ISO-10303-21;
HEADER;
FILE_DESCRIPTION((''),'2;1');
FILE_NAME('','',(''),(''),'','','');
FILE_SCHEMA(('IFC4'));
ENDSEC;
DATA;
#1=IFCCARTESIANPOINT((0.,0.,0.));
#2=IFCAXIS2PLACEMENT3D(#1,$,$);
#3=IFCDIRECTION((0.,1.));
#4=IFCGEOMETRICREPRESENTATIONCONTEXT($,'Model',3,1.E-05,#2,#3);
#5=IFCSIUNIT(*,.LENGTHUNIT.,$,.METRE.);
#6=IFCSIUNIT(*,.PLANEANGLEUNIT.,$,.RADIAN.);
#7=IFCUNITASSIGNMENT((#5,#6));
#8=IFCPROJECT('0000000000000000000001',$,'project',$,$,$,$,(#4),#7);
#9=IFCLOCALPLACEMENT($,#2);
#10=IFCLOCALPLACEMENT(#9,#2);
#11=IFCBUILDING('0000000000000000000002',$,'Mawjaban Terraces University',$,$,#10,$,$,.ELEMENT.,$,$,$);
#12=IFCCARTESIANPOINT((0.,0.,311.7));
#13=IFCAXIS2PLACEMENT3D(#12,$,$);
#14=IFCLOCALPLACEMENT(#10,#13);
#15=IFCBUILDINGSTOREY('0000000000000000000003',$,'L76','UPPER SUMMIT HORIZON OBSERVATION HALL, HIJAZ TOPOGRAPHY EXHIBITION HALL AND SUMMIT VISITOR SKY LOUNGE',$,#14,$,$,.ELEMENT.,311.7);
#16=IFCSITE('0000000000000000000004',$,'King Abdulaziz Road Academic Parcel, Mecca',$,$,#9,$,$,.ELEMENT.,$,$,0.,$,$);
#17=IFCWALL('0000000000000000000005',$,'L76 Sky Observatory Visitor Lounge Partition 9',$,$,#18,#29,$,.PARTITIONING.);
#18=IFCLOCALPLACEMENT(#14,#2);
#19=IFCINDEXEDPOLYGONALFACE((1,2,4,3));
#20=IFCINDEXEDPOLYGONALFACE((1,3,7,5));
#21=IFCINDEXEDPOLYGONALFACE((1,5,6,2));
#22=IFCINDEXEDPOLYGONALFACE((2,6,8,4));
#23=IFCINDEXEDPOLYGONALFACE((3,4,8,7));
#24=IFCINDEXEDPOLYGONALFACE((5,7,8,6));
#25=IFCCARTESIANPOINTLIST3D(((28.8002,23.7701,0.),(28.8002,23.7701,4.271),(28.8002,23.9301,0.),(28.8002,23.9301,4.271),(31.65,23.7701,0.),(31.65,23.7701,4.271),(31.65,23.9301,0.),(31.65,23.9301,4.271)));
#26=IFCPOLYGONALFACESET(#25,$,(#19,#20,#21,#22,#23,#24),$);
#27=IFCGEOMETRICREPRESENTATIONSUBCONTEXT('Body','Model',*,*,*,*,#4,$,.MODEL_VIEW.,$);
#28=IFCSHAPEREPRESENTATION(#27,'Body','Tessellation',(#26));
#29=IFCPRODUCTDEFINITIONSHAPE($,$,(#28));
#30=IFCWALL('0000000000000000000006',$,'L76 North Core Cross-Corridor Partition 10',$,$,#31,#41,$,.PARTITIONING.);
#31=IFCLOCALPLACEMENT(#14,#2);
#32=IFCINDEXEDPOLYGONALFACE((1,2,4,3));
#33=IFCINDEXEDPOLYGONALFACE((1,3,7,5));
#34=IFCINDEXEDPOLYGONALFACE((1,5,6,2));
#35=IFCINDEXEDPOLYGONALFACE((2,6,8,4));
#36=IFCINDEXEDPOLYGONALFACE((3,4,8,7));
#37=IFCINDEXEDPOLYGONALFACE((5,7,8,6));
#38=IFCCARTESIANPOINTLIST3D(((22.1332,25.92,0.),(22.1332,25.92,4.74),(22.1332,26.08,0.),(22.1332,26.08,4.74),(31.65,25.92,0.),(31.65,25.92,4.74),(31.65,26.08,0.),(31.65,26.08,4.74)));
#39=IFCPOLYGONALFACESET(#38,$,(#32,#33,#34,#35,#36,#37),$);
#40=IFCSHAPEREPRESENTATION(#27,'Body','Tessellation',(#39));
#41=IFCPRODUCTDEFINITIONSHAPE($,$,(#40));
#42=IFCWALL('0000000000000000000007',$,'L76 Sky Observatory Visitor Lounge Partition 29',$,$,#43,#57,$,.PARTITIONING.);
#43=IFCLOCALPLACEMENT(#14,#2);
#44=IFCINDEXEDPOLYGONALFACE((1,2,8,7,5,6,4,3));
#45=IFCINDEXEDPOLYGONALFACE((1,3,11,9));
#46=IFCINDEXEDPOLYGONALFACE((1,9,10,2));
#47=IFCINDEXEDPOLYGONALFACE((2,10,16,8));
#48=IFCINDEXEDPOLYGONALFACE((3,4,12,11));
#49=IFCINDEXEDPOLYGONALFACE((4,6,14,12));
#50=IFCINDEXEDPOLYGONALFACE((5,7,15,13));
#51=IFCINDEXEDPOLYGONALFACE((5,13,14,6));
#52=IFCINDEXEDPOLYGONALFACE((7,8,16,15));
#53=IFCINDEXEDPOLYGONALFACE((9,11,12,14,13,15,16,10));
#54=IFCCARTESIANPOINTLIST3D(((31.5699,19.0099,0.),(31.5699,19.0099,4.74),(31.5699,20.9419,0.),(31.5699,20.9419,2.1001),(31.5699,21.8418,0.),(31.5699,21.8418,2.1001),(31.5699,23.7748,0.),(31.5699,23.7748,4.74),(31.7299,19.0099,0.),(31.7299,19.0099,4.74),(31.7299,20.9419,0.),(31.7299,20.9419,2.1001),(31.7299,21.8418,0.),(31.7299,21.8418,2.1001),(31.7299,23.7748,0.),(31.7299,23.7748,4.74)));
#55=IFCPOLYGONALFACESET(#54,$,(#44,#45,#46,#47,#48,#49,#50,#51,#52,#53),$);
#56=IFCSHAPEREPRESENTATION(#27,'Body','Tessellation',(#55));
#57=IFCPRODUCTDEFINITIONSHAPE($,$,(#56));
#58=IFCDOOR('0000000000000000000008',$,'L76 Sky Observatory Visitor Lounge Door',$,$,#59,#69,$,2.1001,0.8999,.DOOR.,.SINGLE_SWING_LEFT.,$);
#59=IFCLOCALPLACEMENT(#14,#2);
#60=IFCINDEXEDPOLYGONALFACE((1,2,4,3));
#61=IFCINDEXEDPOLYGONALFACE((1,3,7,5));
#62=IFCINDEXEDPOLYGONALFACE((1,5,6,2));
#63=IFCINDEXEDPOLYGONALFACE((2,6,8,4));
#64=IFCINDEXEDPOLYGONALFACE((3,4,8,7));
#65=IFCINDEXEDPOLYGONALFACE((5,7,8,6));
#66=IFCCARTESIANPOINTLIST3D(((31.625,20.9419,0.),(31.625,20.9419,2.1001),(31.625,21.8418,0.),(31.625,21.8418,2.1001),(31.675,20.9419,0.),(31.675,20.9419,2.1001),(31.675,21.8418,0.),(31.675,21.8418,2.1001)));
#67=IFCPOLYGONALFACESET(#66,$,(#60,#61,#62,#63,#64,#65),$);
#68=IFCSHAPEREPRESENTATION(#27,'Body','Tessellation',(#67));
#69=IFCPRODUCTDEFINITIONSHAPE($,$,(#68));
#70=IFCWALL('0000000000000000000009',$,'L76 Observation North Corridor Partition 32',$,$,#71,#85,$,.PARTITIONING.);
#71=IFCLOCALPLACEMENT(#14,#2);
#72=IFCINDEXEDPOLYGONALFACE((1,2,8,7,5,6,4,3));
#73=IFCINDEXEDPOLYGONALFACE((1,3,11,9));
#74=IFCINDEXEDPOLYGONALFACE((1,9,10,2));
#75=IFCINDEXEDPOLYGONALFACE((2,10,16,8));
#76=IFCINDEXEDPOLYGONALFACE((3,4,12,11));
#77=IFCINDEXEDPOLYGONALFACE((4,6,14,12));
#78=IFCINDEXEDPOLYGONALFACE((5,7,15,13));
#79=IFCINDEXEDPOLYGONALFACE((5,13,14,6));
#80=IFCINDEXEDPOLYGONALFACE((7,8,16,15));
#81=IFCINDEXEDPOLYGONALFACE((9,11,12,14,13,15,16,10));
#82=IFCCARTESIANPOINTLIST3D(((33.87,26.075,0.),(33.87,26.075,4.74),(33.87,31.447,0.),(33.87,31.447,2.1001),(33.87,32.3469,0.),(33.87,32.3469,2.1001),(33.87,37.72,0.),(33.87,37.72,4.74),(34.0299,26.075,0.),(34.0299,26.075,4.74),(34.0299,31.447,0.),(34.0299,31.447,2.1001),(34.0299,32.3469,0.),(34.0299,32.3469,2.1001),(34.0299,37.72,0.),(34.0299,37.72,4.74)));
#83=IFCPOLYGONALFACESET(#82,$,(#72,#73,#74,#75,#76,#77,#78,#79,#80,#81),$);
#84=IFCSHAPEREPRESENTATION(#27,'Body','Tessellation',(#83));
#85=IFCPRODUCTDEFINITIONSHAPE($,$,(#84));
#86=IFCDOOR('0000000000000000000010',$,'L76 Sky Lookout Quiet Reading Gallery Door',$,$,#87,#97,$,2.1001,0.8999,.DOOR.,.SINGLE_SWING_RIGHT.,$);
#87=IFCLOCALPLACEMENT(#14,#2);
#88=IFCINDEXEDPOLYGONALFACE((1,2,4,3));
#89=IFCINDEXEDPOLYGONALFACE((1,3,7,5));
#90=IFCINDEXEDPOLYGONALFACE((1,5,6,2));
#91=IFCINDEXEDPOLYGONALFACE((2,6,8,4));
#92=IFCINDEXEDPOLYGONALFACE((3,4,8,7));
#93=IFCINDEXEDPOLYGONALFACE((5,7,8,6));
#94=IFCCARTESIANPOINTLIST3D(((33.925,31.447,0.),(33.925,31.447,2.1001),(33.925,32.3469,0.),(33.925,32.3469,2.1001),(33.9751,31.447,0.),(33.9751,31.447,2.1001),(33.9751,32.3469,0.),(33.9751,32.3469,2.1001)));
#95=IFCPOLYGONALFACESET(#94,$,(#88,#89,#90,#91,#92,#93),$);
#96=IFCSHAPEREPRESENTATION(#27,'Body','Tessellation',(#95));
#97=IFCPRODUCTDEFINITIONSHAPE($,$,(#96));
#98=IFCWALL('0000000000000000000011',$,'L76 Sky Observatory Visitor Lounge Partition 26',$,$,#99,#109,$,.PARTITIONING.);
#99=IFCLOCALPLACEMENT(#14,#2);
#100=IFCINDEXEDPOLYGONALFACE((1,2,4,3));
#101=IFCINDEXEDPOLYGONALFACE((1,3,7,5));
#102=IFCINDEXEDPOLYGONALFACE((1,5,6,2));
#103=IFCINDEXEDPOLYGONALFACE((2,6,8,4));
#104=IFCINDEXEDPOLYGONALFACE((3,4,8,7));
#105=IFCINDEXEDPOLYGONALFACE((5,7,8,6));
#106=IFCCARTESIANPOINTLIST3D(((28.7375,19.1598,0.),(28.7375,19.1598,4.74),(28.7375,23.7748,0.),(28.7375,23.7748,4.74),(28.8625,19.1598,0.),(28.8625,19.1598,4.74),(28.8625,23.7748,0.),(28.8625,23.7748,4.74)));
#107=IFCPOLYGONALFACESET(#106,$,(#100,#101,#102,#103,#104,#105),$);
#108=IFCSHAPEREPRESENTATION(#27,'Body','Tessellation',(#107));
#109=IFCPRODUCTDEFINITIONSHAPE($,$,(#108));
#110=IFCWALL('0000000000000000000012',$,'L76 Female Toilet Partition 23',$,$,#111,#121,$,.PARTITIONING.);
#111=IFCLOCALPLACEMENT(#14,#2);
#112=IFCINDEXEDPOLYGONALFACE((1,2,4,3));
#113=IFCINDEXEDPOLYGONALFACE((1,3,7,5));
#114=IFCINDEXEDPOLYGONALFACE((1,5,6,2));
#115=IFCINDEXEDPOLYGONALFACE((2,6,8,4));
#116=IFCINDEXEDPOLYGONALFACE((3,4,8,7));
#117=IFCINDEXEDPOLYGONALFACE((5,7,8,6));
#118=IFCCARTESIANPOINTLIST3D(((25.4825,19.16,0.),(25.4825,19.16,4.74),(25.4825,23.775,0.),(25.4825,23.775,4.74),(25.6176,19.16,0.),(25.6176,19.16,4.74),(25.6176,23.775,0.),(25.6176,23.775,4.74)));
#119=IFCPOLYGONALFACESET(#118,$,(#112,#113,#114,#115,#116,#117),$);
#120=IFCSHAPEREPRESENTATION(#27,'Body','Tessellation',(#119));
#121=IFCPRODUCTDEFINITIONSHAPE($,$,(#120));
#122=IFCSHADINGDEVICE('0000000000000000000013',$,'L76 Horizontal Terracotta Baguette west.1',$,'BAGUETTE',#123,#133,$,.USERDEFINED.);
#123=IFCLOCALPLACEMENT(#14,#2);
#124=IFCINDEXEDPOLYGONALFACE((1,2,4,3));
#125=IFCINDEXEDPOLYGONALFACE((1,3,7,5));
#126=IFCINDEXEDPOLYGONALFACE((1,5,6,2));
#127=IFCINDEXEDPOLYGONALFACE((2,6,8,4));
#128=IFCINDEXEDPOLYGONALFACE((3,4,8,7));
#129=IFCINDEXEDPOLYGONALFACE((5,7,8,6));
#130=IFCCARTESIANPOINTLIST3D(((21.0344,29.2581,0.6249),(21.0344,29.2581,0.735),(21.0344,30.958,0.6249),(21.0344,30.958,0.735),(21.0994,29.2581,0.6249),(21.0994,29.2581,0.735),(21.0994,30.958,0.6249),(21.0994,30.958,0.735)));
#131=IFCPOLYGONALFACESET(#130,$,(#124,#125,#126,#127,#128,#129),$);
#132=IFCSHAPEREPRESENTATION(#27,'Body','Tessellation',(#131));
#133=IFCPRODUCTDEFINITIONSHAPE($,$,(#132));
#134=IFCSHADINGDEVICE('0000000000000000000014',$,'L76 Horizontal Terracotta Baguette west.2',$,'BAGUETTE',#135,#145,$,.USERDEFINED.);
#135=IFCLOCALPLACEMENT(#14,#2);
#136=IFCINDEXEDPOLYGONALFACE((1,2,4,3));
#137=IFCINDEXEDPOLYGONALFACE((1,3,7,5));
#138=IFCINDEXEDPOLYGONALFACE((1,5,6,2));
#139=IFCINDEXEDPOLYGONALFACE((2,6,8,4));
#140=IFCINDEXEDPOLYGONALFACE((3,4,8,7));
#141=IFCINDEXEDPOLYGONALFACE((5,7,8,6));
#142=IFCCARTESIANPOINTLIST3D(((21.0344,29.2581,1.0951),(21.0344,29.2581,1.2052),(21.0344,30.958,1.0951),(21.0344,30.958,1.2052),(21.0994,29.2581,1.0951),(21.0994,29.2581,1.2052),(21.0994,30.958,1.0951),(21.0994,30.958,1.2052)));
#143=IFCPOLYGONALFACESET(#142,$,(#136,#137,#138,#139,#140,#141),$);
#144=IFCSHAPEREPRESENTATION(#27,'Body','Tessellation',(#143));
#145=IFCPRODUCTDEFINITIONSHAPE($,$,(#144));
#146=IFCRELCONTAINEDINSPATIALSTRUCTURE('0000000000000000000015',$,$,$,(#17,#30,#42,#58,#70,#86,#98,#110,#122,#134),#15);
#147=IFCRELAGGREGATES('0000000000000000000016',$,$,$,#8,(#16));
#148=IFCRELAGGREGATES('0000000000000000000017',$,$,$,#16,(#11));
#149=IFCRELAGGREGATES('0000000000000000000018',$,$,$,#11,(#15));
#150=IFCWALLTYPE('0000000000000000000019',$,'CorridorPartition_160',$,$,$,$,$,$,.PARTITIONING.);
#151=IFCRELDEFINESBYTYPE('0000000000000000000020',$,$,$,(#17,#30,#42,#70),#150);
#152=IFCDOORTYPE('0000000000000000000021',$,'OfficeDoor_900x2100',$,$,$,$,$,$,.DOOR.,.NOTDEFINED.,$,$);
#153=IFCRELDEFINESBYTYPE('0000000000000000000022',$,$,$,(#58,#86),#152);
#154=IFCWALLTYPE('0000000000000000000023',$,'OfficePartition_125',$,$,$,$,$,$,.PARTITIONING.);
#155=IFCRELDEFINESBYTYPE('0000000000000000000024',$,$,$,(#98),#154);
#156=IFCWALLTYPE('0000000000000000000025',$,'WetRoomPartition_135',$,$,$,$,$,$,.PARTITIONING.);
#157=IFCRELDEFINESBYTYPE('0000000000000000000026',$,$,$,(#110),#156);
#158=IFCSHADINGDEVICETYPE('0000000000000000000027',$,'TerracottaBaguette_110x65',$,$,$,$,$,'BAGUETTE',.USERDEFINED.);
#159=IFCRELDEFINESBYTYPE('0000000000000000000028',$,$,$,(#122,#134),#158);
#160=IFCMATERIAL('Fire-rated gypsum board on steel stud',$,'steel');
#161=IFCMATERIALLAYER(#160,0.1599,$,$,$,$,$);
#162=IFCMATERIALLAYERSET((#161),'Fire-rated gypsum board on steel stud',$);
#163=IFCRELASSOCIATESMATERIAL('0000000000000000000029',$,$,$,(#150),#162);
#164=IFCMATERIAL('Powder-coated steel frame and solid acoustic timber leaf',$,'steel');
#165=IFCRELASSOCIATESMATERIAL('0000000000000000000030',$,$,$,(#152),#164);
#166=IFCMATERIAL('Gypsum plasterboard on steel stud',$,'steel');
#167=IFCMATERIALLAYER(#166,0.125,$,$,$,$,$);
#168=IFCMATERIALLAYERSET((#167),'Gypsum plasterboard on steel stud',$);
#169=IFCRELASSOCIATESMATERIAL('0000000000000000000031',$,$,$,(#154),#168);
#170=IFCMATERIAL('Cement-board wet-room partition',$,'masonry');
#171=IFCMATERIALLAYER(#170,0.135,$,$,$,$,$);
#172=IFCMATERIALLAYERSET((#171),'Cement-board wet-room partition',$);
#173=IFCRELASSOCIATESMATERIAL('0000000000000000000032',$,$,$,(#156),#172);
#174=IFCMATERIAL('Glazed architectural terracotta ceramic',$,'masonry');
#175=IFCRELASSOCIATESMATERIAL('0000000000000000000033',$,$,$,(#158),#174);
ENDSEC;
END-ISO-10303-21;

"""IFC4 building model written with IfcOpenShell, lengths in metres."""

from ifc_helpers import new_model, si_unit, direction, frame, frame_2d, origin, origin_2d, place, context, subcontext, project, spatial, rectangle, extrude, material, layer, layer_set, material_profile, profile_set, type_object, element, fill, save


model = new_model("IFC4")

# Units and contexts
model_context = context("Model", 3, precision=1e-05, world=origin(), true_north=direction((0.0, 1.0)))
body_context = subcontext(model_context, "Body", "Model", "MODEL_VIEW")
ifc_project = project(units=[si_unit("LENGTHUNIT", "METRE"), si_unit("PLANEANGLEUNIT", "RADIAN")], contexts=[model_context])

# Site, building, storey
site_placement = place(None, origin())
site = spatial("IfcSite", under=ifc_project, at=site_placement, Name="King Abdulaziz Road Academic Parcel, Mecca", CompositionType="ELEMENT", RefElevation=0.0)
building_placement = place(site_placement, origin())
building = spatial("IfcBuilding", under=site, at=building_placement, Name="Mawjaban Terraces University", CompositionType="ELEMENT")
storey_placement = place(building_placement, frame((0.0, 0.0, 311.7)))
storey = spatial("IfcBuildingStorey", under=building, at=storey_placement, Name="L76", Description="UPPER SUMMIT HORIZON OBSERVATION HALL, HIJAZ TOPOGRAPHY EXHIBITION HALL AND SUMMIT VISITOR SKY LOUNGE", CompositionType="ELEMENT", Elevation=311.7)

# Shared definitions
ifc_material_1 = material(Name="Fire-rated gypsum board on steel stud", Category="steel")
ifc_layer_1 = layer(ifc_material_1, 0.1599)
ifc_layer_set_1 = layer_set([ifc_layer_1], Name="Fire-rated gypsum board on steel stud")
wall_type_1 = type_object("IfcWallType", Name="CorridorPartition_160", PredefinedType="PARTITIONING", material=ifc_layer_set_1)
ifc_material_2 = material(Name="Powder-coated steel frame and solid acoustic timber leaf", Category="steel")
door_type_1 = type_object("IfcDoorType", Name="OfficeDoor_900x2100", OperationType="NOTDEFINED", PredefinedType="DOOR", material=ifc_material_2)

# Walls
wall_1_placement = place(storey_placement, frame((31.6499, 23.8501, 0.0), z_axis=(0.0, 0.0, 1.0), x_axis=(-1.0, 0.0, 0.0)))
element("IfcWall", 1, at=wall_1_placement, inside=storey, type_object=wall_type_1, Name="L76 Sky Observatory Visitor Lounge Partition 9", PredefinedType="PARTITIONING", context=body_context, shape_type="SweptSolid", body=[
    extrude(rectangle(XDim=2.8499, YDim=0.1599, at=frame_2d((1.4248, 0.0))), origin(), (0.0, 0.0, 1.0), 4.271),
])
wall_2_placement = place(storey_placement, frame((31.6499, 26.0, 0.0), z_axis=(0.0, 0.0, 1.0), x_axis=(-1.0, 0.0, 0.0)))
element("IfcWall", 2, at=wall_2_placement, inside=storey, type_object=wall_type_1, Name="L76 North Core Cross-Corridor Partition 10", PredefinedType="PARTITIONING", context=body_context, shape_type="SweptSolid", body=[
    extrude(rectangle(XDim=9.5168, YDim=0.1599, at=frame_2d((4.7583, 0.0))), origin(), (0.0, 0.0, 1.0), 4.74),
])

# Walls, openings, doors
wall_3_placement = place(storey_placement, frame((31.6499, 19.01, 0.0), z_axis=(0.0, 0.0, 1.0), x_axis=(0.0, 1.0, 0.0)))
wall_3 = element("IfcWall", 3, at=wall_3_placement, inside=storey, type_object=wall_type_1, Name="L76 Sky Observatory Visitor Lounge Partition 29", PredefinedType="PARTITIONING", context=body_context, shape_type="SweptSolid", body=[
    extrude(rectangle(XDim=4.7649, YDim=0.1599, at=frame_2d((2.3823, 0.0))), origin(), (0.0, 0.0, 1.0), 4.74),
])
opening_1_placement = place(wall_3_placement, frame((1.9319, 0.0, 0.0)))
opening_1 = element("IfcOpeningElement", 4, at=opening_1_placement, cuts=wall_3, PredefinedType="OPENING", context=body_context, shape_type="SweptSolid", body=[
    extrude(rectangle(XDim=0.8999, YDim=2.1001, at=frame_2d((0.45, 1.05))), frame((0.0, 0.0898, 0.0), z_axis=(0.0, -1.0, 0.0), x_axis=(1.0, 0.0, 0.0)), (0.0, 0.0, 1.0), 0.1799),
])
door_1_placement = place(opening_1_placement, origin())
door_1 = element("IfcDoor", 5, at=door_1_placement, inside=storey, type_object=door_type_1, Name="L76 Sky Observatory Visitor Lounge Door", OperationType="SINGLE_SWING_LEFT", OverallHeight=2.1001, OverallWidth=0.8999, PredefinedType="DOOR", context=body_context, shape_type="SweptSolid", body=[
    extrude(rectangle(XDim=0.8999, YDim=2.1001, at=frame_2d((0.45, 1.05))), frame((0.0, 0.0249, 0.0), z_axis=(0.0, -1.0, 0.0), x_axis=(1.0, 0.0, 0.0)), (0.0, 0.0, 1.0), 0.05),
])
fill(opening_1, door_1)
wall_4_placement = place(storey_placement, frame((33.95, 26.075, 0.0), z_axis=(0.0, 0.0, 1.0), x_axis=(0.0, 1.0, 0.0)))
wall_4 = element("IfcWall", 6, at=wall_4_placement, inside=storey, type_object=wall_type_1, Name="L76 Observation North Corridor Partition 32", PredefinedType="PARTITIONING", context=body_context, shape_type="SweptSolid", body=[
    extrude(rectangle(XDim=11.645, YDim=0.1599, at=frame_2d((5.8225, 0.0))), origin(), (0.0, 0.0, 1.0), 4.74),
])
opening_2_placement = place(wall_4_placement, frame((5.3721, 0.0, 0.0)))
opening_2 = element("IfcOpeningElement", 7, at=opening_2_placement, cuts=wall_4, PredefinedType="OPENING", context=body_context, shape_type="SweptSolid", body=[
    extrude(rectangle(XDim=0.8999, YDim=2.1001, at=frame_2d((0.45, 1.05))), frame((0.0, 0.0898, 0.0), z_axis=(0.0, -1.0, 0.0), x_axis=(1.0, 0.0, 0.0)), (0.0, 0.0, 1.0), 0.1799),
])
door_2_placement = place(opening_2_placement, origin())
door_2 = element("IfcDoor", 8, at=door_2_placement, inside=storey, type_object=door_type_1, Name="L76 Sky Lookout Quiet Reading Gallery Door", OperationType="SINGLE_SWING_RIGHT", OverallHeight=2.1001, OverallWidth=0.8999, PredefinedType="DOOR", context=body_context, shape_type="SweptSolid", body=[
    extrude(rectangle(XDim=0.8999, YDim=2.1001, at=frame_2d((0.45, 1.05))), frame((0.0, 0.0249, 0.0), z_axis=(0.0, -1.0, 0.0), x_axis=(1.0, 0.0, 0.0)), (0.0, 0.0, 1.0), 0.05),
])
fill(opening_2, door_2)

# Walls
ifc_material_3 = material(Name="Gypsum plasterboard on steel stud", Category="steel")
ifc_layer_2 = layer(ifc_material_3, 0.125)
ifc_layer_set_2 = layer_set([ifc_layer_2], Name="Gypsum plasterboard on steel stud")
wall_type_2 = type_object("IfcWallType", Name="OfficePartition_125", PredefinedType="PARTITIONING", material=ifc_layer_set_2)
wall_5_placement = place(storey_placement, frame((28.8, 23.7749, 0.0), z_axis=(0.0, 0.0, 1.0), x_axis=(0.0, -1.0, 0.0)))
element("IfcWall", 9, at=wall_5_placement, inside=storey, type_object=wall_type_2, Name="L76 Sky Observatory Visitor Lounge Partition 26", PredefinedType="PARTITIONING", context=body_context, shape_type="SweptSolid", body=[
    extrude(rectangle(XDim=4.615, YDim=0.125, at=frame_2d((2.3076, 0.0))), origin(), (0.0, 0.0, 1.0), 4.74),
])
ifc_material_4 = material(Name="Cement-board wet-room partition", Category="masonry")
ifc_layer_3 = layer(ifc_material_4, 0.135)
ifc_layer_set_3 = layer_set([ifc_layer_3], Name="Cement-board wet-room partition")
wall_type_3 = type_object("IfcWallType", Name="WetRoomPartition_135", PredefinedType="PARTITIONING", material=ifc_layer_set_3)
wall_6_placement = place(storey_placement, frame((25.55, 19.1599, 0.0), z_axis=(0.0, 0.0, 1.0), x_axis=(0.0, 1.0, 0.0)))
element("IfcWall", 10, at=wall_6_placement, inside=storey, type_object=wall_type_3, Name="L76 Female Toilet Partition 23", PredefinedType="PARTITIONING", context=body_context, shape_type="SweptSolid", body=[
    extrude(rectangle(XDim=4.615, YDim=0.135, at=frame_2d((2.3076, 0.0))), origin(), (0.0, 0.0, 1.0), 4.74),
])

# Shading devices
ifc_material_5 = material(Name="Glazed architectural terracotta ceramic", Category="masonry")
ifc_material_profile_1 = material_profile(ifc_material_5, rectangle(XDim=0.0649, YDim=0.1101, at=origin_2d()), Name="TBAG110X65")
ifc_profile_set_1 = profile_set([ifc_material_profile_1], Name="Glazed architectural terracotta ceramic")
shading_device_type = type_object("IfcShadingDeviceType", Name="TerracottaBaguette_110x65", ElementType="BAGUETTE", PredefinedType="USERDEFINED", material=ifc_profile_set_1)
for number, where, z_axis, x_axis, name in (
    (11, (21.0669, 29.2581, 0.6799), (0.0, 1.0, 0.0), (-1.0, 0.0, 0.0), "L76 Horizontal Terracotta Baguette west.1"),
    (12, (21.0669, 29.2581, 1.1501), (0.0, 1.0, 0.0), (-1.0, 0.0, 0.0), "L76 Horizontal Terracotta Baguette west.2"),
):
    element("IfcShadingDevice", number, at=place(storey_placement, frame(where, z_axis=z_axis, x_axis=x_axis)), inside=storey, type_object=shading_device_type, Name=name, ObjectType="BAGUETTE", PredefinedType="USERDEFINED", context=body_context, shape_type="SweptSolid", body=[
        extrude(rectangle(XDim=0.0649, YDim=0.1101, at=origin_2d()), origin(), (0.0, 0.0, 1.0), 1.7),
    ])

save(model, "model.ifc")
